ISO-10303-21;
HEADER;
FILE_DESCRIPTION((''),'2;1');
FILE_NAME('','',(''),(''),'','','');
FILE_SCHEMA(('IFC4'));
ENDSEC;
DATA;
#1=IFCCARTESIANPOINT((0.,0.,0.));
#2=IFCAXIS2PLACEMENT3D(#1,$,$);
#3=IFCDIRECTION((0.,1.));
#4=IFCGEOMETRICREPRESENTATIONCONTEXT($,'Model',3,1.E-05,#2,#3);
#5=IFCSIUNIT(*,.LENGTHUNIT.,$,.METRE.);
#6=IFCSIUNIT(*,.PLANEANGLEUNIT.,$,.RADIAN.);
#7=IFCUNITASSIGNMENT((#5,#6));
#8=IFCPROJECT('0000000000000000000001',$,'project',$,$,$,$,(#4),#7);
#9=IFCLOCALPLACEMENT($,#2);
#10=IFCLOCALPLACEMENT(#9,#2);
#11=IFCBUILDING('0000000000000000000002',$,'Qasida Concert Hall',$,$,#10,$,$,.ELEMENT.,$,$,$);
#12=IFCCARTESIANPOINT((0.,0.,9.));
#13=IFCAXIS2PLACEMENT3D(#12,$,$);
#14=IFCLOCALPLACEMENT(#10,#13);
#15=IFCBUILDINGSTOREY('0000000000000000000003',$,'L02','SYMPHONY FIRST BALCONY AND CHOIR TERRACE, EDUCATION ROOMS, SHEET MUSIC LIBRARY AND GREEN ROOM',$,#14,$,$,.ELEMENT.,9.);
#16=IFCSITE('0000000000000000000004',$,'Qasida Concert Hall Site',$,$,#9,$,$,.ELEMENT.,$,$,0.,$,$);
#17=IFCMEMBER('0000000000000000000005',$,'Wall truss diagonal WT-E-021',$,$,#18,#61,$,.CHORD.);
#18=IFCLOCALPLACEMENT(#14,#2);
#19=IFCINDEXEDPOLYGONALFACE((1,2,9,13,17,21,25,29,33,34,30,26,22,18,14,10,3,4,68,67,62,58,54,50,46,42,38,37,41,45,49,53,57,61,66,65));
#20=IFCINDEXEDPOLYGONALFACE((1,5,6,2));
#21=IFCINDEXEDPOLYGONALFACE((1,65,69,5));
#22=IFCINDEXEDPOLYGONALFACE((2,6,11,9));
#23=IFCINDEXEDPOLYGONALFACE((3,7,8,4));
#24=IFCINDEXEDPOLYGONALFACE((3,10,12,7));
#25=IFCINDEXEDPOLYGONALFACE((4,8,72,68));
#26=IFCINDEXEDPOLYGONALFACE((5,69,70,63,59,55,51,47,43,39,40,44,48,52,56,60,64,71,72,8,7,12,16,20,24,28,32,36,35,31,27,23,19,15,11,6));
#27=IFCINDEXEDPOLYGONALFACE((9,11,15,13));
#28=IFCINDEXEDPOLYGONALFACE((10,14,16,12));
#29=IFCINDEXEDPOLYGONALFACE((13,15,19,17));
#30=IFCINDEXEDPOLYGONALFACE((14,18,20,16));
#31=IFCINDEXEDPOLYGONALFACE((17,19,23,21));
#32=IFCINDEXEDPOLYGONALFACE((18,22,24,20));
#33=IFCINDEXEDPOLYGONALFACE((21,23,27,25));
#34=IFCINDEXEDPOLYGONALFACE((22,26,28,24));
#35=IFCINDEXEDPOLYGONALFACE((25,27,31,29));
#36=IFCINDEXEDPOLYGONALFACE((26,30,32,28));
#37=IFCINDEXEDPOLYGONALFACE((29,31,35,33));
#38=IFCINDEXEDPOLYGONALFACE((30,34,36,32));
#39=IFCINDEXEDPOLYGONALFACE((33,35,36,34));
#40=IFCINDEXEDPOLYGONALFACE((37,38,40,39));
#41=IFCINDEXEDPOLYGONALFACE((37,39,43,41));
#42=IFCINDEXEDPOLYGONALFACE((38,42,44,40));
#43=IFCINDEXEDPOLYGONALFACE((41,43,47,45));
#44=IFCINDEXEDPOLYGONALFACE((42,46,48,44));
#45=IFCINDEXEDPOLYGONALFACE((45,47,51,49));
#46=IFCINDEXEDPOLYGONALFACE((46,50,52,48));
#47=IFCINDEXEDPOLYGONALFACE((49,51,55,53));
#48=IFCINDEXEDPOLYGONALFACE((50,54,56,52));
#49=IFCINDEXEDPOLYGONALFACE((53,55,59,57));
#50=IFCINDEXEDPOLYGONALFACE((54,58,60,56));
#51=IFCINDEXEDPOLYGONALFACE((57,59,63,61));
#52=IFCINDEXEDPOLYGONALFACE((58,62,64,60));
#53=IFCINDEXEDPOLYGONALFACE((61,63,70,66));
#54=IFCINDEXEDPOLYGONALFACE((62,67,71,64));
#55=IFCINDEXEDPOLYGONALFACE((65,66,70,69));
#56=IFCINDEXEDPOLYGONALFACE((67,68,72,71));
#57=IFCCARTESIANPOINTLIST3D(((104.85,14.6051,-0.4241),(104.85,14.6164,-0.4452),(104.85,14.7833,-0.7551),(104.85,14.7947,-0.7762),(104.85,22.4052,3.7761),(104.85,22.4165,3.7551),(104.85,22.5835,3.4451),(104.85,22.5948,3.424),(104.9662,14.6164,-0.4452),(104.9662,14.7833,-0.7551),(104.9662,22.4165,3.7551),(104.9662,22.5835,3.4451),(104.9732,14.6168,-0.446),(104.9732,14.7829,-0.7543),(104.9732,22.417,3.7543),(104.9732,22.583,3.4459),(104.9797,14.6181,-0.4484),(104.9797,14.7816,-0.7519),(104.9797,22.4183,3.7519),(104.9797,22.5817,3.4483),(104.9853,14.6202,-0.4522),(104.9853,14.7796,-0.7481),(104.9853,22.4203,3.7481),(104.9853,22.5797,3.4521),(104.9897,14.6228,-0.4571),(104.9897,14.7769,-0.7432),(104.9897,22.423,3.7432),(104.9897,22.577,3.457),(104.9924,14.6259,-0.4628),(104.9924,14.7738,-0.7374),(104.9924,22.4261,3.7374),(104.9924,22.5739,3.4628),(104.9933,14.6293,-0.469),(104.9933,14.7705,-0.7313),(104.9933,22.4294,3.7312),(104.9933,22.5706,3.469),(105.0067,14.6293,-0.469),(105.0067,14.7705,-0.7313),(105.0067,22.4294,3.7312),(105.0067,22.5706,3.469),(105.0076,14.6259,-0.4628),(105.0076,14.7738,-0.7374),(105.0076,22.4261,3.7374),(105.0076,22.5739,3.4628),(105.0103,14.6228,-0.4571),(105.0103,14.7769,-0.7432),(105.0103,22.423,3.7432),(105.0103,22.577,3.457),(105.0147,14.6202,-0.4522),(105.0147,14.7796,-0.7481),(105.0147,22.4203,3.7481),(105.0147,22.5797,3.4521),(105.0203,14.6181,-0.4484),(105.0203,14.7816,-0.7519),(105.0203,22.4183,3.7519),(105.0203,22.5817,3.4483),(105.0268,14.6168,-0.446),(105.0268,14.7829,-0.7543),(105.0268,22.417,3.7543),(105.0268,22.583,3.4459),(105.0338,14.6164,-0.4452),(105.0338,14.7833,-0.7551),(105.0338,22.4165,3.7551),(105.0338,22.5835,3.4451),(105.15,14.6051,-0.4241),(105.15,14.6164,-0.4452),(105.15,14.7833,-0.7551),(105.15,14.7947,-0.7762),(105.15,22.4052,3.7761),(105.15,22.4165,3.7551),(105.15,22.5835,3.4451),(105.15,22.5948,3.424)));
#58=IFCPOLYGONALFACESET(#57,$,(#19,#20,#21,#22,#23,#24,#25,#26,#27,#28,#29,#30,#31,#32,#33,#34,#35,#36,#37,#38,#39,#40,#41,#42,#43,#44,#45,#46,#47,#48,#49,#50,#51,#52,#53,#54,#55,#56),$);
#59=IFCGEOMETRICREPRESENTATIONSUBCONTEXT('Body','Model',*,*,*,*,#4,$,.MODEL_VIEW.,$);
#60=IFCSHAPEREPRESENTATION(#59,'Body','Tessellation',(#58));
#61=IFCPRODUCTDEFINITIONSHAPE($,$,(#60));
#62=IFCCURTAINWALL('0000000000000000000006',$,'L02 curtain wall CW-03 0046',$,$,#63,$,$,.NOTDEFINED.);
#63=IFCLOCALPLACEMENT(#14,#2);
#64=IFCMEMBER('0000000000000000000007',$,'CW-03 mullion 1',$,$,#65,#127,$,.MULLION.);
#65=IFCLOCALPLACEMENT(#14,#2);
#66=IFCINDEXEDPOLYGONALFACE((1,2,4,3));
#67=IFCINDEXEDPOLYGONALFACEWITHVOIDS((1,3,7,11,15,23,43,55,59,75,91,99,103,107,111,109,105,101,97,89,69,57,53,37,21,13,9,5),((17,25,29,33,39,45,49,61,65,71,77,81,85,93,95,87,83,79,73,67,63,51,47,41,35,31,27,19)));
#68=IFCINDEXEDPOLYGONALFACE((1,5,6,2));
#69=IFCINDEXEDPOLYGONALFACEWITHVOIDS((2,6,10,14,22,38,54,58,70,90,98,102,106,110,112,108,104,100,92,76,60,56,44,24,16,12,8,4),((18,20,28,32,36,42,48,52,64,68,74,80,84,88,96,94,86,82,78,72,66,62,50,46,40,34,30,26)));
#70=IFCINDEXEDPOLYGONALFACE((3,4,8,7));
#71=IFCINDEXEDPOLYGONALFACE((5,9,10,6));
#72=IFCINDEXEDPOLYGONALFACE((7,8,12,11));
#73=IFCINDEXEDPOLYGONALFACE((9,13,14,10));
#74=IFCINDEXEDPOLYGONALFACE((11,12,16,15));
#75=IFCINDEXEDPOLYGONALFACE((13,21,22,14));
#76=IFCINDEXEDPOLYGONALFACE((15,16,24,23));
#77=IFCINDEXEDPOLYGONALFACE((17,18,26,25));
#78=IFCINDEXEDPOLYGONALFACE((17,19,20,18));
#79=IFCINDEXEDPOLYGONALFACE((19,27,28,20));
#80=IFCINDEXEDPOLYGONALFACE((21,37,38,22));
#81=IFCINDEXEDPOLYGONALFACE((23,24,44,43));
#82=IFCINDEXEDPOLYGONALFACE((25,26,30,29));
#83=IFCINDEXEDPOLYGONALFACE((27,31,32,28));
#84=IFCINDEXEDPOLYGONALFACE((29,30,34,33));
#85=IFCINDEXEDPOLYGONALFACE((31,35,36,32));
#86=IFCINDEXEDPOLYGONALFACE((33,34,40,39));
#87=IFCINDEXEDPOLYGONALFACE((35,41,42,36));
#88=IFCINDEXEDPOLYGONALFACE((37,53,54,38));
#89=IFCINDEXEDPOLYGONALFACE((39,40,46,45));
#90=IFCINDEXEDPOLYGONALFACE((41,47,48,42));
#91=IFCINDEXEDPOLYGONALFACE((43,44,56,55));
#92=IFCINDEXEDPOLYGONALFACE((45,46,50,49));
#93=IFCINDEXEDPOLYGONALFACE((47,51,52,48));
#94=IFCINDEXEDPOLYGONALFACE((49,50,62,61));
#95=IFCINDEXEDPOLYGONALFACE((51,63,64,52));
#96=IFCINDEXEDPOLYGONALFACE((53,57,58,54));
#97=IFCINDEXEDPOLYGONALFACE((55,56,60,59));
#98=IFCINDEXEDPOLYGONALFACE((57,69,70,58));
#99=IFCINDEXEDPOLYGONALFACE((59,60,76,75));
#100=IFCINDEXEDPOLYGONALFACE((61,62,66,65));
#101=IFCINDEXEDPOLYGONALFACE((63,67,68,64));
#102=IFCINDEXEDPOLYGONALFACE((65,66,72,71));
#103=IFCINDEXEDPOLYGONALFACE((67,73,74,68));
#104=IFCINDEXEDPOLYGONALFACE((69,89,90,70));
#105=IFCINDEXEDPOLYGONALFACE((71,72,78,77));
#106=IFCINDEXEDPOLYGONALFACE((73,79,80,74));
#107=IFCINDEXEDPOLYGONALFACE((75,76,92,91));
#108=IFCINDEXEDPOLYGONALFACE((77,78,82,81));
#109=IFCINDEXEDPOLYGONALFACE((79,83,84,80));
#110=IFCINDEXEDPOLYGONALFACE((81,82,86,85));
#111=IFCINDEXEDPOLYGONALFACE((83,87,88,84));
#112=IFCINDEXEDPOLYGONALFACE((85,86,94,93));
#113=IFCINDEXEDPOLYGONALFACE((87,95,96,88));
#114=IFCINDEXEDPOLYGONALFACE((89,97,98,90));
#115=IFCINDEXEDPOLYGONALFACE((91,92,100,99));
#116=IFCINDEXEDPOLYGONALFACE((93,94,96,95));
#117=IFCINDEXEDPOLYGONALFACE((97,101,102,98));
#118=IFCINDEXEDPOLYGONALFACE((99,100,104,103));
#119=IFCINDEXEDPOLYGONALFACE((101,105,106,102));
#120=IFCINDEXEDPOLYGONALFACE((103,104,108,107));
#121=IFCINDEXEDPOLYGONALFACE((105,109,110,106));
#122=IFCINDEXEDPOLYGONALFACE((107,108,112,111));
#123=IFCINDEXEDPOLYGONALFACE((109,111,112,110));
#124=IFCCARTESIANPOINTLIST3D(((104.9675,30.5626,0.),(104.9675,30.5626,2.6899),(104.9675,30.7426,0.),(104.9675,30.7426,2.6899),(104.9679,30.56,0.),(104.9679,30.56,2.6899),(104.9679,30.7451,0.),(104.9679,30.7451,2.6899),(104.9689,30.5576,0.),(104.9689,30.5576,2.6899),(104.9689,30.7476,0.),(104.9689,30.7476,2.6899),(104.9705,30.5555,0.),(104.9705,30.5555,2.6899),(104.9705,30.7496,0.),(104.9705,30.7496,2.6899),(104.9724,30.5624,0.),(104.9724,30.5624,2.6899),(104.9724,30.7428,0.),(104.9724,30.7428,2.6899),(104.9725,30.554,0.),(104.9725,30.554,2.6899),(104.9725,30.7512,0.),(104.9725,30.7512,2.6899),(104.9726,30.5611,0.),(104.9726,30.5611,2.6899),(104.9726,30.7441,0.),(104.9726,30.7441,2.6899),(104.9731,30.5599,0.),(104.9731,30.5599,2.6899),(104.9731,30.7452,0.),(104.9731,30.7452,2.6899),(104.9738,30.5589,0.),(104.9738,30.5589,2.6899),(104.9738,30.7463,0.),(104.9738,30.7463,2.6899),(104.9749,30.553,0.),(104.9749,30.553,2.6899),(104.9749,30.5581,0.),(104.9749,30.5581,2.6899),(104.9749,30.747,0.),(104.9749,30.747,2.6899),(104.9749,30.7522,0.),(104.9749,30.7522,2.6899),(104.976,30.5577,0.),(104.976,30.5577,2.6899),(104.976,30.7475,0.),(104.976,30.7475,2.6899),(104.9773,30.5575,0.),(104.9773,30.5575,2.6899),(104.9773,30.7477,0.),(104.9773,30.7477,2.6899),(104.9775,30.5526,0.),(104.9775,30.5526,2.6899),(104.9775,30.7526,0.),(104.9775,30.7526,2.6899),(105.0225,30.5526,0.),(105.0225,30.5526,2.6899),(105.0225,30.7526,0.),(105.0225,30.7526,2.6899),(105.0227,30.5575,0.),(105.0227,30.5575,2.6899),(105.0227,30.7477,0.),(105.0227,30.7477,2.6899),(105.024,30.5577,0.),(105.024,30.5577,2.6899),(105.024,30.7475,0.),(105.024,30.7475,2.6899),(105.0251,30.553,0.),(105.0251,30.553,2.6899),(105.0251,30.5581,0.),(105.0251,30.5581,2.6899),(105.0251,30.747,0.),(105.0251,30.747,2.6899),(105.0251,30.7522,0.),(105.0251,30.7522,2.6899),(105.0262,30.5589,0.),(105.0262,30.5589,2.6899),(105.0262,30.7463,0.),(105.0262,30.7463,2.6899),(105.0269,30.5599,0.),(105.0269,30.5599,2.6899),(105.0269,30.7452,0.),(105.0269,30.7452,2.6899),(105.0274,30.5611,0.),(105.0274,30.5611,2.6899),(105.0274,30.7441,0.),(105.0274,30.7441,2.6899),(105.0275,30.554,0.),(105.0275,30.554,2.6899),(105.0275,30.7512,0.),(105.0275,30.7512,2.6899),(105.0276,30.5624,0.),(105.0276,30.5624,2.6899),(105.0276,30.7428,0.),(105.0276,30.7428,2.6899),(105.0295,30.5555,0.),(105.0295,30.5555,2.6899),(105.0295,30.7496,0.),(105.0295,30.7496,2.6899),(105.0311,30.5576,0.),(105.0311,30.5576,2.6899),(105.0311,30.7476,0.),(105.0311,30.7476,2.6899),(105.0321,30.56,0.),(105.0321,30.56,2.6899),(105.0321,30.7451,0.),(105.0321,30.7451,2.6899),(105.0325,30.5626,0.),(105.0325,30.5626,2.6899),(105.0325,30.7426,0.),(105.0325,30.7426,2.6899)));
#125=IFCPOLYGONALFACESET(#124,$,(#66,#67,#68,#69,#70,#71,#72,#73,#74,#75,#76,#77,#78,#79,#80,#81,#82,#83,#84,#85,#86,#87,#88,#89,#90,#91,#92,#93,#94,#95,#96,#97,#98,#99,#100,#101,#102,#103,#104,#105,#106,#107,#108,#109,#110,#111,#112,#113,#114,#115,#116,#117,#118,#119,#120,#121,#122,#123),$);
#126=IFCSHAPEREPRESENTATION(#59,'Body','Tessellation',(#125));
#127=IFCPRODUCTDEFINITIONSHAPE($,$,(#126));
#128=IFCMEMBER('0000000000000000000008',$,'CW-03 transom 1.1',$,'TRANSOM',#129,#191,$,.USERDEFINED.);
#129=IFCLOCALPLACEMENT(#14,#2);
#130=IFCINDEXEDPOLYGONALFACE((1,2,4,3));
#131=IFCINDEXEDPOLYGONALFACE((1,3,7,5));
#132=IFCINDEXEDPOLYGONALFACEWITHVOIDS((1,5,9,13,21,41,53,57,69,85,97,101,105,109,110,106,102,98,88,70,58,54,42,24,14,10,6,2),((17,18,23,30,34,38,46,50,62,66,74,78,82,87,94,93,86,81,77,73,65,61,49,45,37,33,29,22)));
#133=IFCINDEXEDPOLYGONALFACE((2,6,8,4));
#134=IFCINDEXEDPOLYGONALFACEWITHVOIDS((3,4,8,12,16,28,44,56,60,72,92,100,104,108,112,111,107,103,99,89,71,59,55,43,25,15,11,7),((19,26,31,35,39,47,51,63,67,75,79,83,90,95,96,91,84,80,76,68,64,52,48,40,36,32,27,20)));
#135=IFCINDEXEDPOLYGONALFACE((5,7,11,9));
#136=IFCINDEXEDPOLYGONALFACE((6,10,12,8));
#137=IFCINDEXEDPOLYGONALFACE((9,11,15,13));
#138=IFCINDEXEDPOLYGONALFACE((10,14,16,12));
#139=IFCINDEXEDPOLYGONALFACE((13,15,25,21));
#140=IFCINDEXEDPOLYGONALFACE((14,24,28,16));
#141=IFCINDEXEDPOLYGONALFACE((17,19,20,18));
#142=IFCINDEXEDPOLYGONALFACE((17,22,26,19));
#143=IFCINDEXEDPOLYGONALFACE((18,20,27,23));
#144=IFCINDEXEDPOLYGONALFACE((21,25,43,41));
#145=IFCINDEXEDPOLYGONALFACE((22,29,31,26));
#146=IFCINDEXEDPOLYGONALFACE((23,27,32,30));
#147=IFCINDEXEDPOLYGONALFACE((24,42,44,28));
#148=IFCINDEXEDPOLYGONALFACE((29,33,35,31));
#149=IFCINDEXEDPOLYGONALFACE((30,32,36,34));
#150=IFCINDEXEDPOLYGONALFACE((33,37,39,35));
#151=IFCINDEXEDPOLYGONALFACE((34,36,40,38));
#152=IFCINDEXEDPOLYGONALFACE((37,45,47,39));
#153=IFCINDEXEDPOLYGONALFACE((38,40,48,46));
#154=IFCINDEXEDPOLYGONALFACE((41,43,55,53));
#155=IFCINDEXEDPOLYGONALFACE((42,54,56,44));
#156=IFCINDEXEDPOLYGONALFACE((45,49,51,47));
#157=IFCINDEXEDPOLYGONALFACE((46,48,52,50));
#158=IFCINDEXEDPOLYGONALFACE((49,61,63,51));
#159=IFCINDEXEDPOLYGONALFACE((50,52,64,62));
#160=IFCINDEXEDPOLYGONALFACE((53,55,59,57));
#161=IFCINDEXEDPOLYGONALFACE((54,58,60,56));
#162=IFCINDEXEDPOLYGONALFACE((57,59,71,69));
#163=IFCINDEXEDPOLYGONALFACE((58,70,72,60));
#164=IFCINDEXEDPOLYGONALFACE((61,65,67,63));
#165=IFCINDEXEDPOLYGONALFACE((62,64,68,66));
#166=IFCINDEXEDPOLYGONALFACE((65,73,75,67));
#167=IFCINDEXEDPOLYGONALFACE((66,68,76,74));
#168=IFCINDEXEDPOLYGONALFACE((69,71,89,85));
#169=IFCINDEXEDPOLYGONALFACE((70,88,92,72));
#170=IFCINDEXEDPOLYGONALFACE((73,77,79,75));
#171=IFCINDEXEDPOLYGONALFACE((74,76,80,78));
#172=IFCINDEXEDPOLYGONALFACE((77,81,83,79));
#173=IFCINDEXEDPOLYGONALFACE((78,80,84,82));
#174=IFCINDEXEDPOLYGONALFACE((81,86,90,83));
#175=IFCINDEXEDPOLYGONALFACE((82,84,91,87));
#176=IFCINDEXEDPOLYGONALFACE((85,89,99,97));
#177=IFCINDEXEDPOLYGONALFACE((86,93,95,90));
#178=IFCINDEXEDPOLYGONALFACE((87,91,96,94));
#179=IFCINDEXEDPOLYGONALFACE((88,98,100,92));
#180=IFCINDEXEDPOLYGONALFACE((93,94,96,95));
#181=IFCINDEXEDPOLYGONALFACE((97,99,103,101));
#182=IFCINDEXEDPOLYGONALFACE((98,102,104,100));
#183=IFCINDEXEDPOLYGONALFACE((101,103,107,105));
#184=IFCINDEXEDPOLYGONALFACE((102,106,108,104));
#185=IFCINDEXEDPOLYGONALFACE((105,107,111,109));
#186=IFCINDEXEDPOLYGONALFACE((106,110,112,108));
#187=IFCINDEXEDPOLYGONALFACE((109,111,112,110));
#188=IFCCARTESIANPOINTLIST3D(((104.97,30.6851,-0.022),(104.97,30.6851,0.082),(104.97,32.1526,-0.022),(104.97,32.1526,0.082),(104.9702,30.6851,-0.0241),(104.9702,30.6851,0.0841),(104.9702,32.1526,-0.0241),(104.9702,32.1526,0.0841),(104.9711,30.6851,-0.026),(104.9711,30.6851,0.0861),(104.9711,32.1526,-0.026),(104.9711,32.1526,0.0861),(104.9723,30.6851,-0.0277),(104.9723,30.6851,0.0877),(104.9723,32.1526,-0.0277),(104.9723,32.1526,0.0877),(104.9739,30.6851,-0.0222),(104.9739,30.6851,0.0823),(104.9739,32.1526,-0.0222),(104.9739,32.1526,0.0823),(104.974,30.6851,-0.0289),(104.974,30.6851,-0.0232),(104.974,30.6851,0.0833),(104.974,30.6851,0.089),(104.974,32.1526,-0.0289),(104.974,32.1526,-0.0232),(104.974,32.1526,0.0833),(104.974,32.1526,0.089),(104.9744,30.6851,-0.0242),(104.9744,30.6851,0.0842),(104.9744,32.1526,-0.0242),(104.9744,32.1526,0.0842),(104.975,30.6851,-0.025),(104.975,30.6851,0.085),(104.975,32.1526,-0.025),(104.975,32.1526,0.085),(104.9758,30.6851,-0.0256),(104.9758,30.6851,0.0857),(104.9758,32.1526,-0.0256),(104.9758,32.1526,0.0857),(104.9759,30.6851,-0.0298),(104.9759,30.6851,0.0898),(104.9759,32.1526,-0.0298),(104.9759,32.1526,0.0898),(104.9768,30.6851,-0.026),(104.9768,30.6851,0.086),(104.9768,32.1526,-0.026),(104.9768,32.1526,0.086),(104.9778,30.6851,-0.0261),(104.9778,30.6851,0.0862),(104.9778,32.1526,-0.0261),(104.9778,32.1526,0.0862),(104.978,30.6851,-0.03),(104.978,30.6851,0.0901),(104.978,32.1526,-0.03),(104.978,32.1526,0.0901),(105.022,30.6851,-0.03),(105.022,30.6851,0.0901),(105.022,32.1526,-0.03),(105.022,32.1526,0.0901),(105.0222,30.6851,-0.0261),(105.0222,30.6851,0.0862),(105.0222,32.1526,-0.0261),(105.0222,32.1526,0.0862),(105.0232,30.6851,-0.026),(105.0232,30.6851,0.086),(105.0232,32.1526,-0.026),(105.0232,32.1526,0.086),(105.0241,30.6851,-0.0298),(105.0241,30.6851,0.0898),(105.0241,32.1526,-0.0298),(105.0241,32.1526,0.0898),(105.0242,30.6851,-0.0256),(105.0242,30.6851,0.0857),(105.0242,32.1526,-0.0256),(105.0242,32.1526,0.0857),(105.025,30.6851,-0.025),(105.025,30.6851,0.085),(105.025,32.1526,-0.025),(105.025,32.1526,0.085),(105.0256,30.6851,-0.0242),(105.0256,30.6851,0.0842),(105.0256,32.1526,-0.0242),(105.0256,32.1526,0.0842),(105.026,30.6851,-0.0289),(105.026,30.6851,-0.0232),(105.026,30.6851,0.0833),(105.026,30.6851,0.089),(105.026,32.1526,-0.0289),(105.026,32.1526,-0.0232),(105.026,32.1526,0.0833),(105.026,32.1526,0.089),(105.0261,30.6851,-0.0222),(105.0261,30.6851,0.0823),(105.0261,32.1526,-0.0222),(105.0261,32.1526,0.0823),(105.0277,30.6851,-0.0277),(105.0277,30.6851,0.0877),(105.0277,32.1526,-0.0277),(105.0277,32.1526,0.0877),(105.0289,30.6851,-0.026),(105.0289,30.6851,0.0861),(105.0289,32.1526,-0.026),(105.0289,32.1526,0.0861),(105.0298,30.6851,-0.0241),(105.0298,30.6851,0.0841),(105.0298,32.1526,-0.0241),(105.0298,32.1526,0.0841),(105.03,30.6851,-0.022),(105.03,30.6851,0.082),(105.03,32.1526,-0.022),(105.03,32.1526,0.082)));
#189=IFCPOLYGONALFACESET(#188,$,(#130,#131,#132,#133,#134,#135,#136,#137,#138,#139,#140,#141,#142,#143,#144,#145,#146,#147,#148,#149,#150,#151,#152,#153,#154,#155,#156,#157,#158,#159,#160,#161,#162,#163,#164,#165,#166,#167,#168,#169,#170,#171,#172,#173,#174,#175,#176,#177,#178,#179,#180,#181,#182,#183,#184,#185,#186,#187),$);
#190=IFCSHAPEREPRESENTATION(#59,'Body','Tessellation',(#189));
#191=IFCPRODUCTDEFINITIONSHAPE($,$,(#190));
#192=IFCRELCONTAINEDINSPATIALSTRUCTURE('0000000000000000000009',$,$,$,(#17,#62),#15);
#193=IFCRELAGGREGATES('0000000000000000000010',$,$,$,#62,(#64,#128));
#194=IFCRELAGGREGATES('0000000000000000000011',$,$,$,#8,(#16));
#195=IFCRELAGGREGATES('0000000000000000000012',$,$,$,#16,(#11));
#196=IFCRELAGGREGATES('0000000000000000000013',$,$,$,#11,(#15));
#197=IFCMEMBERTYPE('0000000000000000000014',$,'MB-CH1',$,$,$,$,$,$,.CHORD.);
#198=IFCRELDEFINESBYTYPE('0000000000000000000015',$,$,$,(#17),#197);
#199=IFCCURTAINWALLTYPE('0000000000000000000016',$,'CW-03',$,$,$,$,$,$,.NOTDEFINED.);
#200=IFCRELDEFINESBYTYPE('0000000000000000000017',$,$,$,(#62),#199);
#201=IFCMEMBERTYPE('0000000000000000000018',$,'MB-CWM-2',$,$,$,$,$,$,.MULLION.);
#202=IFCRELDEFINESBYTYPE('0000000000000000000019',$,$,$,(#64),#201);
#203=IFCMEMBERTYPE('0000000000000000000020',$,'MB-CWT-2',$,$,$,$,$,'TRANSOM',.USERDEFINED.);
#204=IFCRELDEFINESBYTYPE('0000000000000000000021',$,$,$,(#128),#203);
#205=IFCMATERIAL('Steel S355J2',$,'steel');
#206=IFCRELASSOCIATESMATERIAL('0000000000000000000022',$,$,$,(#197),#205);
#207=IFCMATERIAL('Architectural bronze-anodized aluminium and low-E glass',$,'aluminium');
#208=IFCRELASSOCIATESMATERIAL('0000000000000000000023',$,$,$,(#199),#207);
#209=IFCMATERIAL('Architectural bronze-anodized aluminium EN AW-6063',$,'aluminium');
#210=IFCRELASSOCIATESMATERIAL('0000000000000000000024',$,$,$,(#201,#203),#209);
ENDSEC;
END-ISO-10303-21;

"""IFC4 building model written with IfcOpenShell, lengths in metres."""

from ifc_helpers import new_model, si_unit, direction, frame, origin, origin_2d, place, context, subcontext, project, spatial, hollow_rectangle, i_section, extrude, material, material_profile, profile_set, type_object, element, aggregate, save


model = new_model("IFC4")

# Units and contexts
model_context = context("Model", 3, precision=1e-05, world=origin(), true_north=direction((0.0, 1.0)))
body_context = subcontext(model_context, "Body", "Model", "MODEL_VIEW")
ifc_project = project(units=[si_unit("LENGTHUNIT", "METRE"), si_unit("PLANEANGLEUNIT", "RADIAN")], contexts=[model_context])

# Site, building, storey
site_placement = place(None, origin())
site = spatial("IfcSite", under=ifc_project, at=site_placement, Name="Qasida Concert Hall Site", CompositionType="ELEMENT", RefElevation=0.0)
building_placement = place(site_placement, origin())
building = spatial("IfcBuilding", under=site, at=building_placement, Name="Qasida Concert Hall", CompositionType="ELEMENT")
storey_placement = place(building_placement, frame((0.0, 0.0, 9.0)))
storey = spatial("IfcBuildingStorey", under=building, at=storey_placement, Name="L02", Description="SYMPHONY FIRST BALCONY AND CHOIR TERRACE, EDUCATION ROOMS, SHEET MUSIC LIBRARY AND GREEN ROOM", CompositionType="ELEMENT", Elevation=9.0)

# Shared definitions
ifc_material_1 = material(Name="Steel S355J2", Category="steel")

# Member
ifc_material_profile_1 = material_profile(ifc_material_1, i_section(OverallWidth=0.3, OverallDepth=0.3999, WebThickness=0.0134, FlangeThickness=0.0239, FilletRadius=0.0271, at=origin_2d()), Name="HEB 400")
ifc_profile_set_1 = profile_set([ifc_material_profile_1], Name="Steel S355J2")
member_type_1 = type_object("IfcMemberType", Name="MB-CH1", PredefinedType="CHORD", material=ifc_profile_set_1)
member_1_placement = place(storey_placement, frame((105.0, 22.5, 3.6001), z_axis=(0.0, -0.880463, -0.474115), x_axis=(1.0, 0.0, 0.0)))
element("IfcMember", 1, at=member_1_placement, inside=storey, type_object=member_type_1, Name="Wall truss diagonal WT-E-021", PredefinedType="CHORD", context=body_context, shape_type="SweptSolid", body=[
    extrude(i_section(OverallWidth=0.3, OverallDepth=0.3999, WebThickness=0.0134, FlangeThickness=0.0239, FilletRadius=0.0271, at=origin_2d()), origin(), (0.0, 0.0, 1.0), 8.8591),
])

# Curtain wall, members
ifc_material_2 = material(Name="Architectural bronze-anodized aluminium and low-E glass", Category="aluminium")
curtain_wall_type = type_object("IfcCurtainWallType", Name="CW-03", PredefinedType="NOTDEFINED", material=ifc_material_2)
curtain_wall_placement = place(storey_placement, origin())
curtain_wall = element("IfcCurtainWall", 2, at=curtain_wall_placement, inside=storey, type_object=curtain_wall_type, Name="L02 curtain wall CW-03 0046", PredefinedType="NOTDEFINED")
ifc_material_3 = material(Name="Architectural bronze-anodized aluminium EN AW-6063", Category="aluminium")
ifc_material_profile_2 = material_profile(ifc_material_3, hollow_rectangle(XDim=0.0649, YDim=0.2, WallThickness=0.0049, InnerFilletRadius=0.0049, OuterFilletRadius=0.01, at=origin_2d()), Name="CWM 200x65x5")
ifc_profile_set_2 = profile_set([ifc_material_profile_2], Name="Architectural bronze-anodized aluminium EN AW-6063")
member_type_2 = type_object("IfcMemberType", Name="MB-CWM-2", PredefinedType="MULLION", material=ifc_profile_set_2)
member_2_placement = place(storey_placement, frame((105.0, 30.6526, 0.0), z_axis=(0.0, 0.0, 1.0), x_axis=(-1.0, 0.0, 0.0)))
member_2 = element("IfcMember", 3, at=member_2_placement, type_object=member_type_2, Name="CW-03 mullion 1", PredefinedType="MULLION", context=body_context, shape_type="SweptSolid", body=[
    extrude(hollow_rectangle(XDim=0.0649, YDim=0.2, WallThickness=0.0049, InnerFilletRadius=0.0049, OuterFilletRadius=0.01, at=origin_2d()), origin(), (0.0, 0.0, 1.0), 2.6899),
])
ifc_material_profile_3 = material_profile(ifc_material_3, hollow_rectangle(XDim=0.0601, YDim=0.1201, WallThickness=0.0039, InnerFilletRadius=0.0039, OuterFilletRadius=0.0081, at=origin_2d()), Name="CWT 120x60x4")
ifc_profile_set_3 = profile_set([ifc_material_profile_3], Name="Architectural bronze-anodized aluminium EN AW-6063")
member_type_3 = type_object("IfcMemberType", Name="MB-CWT-2", ElementType="TRANSOM", PredefinedType="USERDEFINED", material=ifc_profile_set_3)
member_3_placement = place(storey_placement, frame((105.0, 30.6851, 0.03), z_axis=(0.0, 1.0, 0.0), x_axis=(-1.0, 0.0, 0.0)))
member_3 = element("IfcMember", 4, at=member_3_placement, type_object=member_type_3, Name="CW-03 transom 1.1", ObjectType="TRANSOM", PredefinedType="USERDEFINED", context=body_context, shape_type="SweptSolid", body=[
    extrude(hollow_rectangle(XDim=0.0601, YDim=0.1201, WallThickness=0.0039, InnerFilletRadius=0.0039, OuterFilletRadius=0.0081, at=origin_2d()), origin(), (0.0, 0.0, 1.0), 1.4675),
])
aggregate(curtain_wall, [member_2, member_3])

save(model, "model.ifc")
